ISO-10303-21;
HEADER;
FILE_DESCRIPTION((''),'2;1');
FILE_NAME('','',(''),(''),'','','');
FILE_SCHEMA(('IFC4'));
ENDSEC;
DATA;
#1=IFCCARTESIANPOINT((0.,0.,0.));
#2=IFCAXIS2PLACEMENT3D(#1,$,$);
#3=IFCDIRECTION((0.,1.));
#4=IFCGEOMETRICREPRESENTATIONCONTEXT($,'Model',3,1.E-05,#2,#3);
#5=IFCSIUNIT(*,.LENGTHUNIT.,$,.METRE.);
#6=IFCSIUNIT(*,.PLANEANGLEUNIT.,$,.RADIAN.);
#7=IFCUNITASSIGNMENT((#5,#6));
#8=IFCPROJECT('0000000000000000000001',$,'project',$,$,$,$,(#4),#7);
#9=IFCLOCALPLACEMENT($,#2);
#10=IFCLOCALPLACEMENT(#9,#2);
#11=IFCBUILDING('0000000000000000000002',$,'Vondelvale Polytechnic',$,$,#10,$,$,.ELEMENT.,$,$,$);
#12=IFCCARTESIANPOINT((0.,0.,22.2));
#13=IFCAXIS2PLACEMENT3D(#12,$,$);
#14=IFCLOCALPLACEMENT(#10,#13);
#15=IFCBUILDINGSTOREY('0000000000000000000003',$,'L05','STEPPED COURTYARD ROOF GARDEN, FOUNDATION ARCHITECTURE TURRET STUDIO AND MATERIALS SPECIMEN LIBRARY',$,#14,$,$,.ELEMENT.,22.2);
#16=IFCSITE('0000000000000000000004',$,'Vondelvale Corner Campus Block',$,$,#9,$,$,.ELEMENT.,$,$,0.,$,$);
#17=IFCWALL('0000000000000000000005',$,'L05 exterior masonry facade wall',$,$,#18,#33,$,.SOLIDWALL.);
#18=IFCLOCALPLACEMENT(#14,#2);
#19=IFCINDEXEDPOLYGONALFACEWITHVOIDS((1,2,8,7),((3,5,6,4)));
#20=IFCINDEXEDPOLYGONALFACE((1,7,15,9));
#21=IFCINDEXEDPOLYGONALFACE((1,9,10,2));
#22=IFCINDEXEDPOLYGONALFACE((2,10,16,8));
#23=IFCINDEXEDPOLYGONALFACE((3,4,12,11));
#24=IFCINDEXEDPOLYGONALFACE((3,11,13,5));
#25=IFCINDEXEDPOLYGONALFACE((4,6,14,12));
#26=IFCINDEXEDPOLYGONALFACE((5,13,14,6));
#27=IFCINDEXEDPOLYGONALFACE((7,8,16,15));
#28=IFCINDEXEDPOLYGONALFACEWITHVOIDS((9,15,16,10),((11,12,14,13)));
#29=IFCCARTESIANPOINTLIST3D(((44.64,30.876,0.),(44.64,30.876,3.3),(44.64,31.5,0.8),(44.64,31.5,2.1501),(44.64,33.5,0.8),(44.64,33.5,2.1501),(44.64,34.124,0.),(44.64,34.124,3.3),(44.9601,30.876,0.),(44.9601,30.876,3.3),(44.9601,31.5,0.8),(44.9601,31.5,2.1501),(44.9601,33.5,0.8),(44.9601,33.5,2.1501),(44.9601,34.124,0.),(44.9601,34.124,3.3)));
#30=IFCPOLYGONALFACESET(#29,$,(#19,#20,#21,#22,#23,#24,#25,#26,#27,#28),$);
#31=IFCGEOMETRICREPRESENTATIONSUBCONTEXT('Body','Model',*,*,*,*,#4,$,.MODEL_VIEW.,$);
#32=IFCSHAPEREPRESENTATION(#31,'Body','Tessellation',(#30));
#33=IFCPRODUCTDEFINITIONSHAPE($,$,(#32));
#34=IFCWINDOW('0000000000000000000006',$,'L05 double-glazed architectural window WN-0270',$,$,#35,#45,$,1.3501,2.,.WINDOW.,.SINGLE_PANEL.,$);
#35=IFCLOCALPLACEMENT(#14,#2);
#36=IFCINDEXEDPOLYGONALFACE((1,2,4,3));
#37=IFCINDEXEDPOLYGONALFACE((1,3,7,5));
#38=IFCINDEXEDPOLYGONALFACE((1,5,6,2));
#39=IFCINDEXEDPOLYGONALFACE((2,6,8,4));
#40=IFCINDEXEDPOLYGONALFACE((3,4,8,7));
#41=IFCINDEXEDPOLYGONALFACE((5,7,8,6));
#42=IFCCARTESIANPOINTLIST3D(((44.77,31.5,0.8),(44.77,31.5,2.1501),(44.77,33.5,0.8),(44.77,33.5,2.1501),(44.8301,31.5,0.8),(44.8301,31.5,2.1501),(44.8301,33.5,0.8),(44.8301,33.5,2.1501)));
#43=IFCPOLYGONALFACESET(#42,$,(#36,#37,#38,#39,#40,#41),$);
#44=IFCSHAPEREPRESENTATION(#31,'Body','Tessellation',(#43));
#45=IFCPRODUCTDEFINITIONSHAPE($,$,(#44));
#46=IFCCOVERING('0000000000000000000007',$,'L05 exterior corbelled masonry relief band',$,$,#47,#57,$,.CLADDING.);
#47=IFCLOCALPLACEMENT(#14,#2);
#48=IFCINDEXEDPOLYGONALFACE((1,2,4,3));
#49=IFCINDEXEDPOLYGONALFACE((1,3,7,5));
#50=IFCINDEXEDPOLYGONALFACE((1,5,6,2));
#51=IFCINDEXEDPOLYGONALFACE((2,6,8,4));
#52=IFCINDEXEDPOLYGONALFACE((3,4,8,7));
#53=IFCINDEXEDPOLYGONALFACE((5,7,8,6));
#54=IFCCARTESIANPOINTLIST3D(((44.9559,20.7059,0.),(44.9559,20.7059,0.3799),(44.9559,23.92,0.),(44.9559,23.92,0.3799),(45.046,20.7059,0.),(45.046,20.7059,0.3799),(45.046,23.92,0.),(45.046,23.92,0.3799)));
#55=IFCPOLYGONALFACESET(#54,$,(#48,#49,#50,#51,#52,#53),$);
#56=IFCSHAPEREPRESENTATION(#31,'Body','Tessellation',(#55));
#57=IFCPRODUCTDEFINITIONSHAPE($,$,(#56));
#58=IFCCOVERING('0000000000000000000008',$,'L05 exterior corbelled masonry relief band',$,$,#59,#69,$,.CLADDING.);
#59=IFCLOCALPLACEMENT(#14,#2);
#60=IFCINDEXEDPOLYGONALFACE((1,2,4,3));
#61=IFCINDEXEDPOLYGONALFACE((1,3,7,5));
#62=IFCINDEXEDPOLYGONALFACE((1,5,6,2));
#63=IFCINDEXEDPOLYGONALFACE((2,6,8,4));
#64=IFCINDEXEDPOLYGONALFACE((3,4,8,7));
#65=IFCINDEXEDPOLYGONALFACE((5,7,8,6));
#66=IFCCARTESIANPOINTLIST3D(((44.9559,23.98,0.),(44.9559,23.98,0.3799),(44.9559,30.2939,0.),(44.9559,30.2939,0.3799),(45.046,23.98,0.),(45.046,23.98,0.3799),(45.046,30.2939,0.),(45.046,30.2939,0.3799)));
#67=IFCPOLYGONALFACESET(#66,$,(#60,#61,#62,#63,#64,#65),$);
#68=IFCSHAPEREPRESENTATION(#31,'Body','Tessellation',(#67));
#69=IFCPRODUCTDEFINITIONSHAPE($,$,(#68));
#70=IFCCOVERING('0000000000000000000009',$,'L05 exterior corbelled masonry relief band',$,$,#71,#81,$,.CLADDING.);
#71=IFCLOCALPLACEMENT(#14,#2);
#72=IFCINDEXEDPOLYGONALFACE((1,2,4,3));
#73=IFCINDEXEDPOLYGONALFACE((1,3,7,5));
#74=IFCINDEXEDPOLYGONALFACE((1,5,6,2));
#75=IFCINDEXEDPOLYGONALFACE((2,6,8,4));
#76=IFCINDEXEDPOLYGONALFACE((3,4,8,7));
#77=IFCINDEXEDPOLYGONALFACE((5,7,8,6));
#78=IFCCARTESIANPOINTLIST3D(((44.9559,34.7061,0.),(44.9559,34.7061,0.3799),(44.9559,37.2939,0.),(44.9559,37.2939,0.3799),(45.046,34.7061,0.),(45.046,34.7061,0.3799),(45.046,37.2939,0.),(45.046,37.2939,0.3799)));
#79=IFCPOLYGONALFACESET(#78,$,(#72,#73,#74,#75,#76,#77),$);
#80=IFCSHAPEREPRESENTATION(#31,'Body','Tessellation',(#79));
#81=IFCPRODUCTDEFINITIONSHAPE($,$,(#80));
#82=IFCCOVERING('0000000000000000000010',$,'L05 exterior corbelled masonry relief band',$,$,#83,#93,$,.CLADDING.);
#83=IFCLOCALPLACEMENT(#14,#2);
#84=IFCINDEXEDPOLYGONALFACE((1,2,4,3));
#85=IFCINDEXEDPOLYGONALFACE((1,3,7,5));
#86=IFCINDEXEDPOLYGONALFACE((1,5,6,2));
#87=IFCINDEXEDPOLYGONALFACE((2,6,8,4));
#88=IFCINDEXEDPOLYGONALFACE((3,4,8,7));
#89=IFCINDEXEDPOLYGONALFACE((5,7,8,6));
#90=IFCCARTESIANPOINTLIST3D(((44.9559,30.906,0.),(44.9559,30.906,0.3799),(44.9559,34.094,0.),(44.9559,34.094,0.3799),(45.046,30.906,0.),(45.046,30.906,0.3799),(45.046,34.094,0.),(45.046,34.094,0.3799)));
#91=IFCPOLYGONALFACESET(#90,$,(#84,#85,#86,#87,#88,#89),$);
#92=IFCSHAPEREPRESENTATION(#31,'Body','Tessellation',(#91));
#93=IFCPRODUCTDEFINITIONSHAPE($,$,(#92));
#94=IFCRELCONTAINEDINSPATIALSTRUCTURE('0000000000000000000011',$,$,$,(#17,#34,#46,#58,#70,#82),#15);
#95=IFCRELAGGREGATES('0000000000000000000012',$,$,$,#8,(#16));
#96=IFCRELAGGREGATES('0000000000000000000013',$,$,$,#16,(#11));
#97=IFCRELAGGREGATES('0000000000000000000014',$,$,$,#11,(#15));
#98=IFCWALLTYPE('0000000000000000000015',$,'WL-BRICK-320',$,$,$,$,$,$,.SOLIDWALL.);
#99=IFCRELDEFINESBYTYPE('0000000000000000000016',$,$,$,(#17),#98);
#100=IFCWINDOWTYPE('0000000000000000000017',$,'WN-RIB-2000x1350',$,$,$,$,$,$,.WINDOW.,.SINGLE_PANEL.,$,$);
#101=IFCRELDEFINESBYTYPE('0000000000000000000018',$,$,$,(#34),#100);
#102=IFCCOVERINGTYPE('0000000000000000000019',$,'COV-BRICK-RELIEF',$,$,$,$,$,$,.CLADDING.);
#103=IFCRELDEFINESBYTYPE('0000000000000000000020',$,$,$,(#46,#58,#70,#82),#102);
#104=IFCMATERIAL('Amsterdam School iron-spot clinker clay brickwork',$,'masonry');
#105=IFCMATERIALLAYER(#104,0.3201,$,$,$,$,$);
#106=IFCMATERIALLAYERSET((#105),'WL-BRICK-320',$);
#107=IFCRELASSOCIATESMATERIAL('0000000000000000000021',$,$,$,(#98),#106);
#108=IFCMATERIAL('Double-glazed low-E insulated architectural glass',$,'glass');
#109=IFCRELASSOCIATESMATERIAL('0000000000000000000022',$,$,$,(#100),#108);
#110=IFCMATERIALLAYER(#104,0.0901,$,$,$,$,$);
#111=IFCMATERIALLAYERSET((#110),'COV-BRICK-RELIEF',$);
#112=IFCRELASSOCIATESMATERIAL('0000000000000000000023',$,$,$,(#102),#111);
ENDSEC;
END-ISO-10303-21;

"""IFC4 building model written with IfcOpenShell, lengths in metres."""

from ifc_helpers import new_model, si_unit, direction, frame, frame_2d, origin, origin_2d, place, context, subcontext, project, spatial, rectangle, extrude, material, layer, layer_set, type_object, element, fill, save


model = new_model("IFC4")

# Units and contexts
model_context = context("Model", 3, precision=1e-05, world=origin(), true_north=direction((0.0, 1.0)))
body_context = subcontext(model_context, "Body", "Model", "MODEL_VIEW")
ifc_project = project(units=[si_unit("LENGTHUNIT", "METRE"), si_unit("PLANEANGLEUNIT", "RADIAN")], contexts=[model_context])

# Site, building, storey
site_placement = place(None, origin())
site = spatial("IfcSite", under=ifc_project, at=site_placement, Name="Vondelvale Corner Campus Block", CompositionType="ELEMENT", RefElevation=0.0)
building_placement = place(site_placement, origin())
building = spatial("IfcBuilding", under=site, at=building_placement, Name="Vondelvale Polytechnic", CompositionType="ELEMENT")
storey_placement = place(building_placement, frame((0.0, 0.0, 22.2)))
storey = spatial("IfcBuildingStorey", under=building, at=storey_placement, Name="L05", Description="STEPPED COURTYARD ROOF GARDEN, FOUNDATION ARCHITECTURE TURRET STUDIO AND MATERIALS SPECIMEN LIBRARY", CompositionType="ELEMENT", Elevation=22.2)

# Shared definitions
ifc_material_1 = material(Name="Amsterdam School iron-spot clinker clay brickwork", Category="masonry")
ifc_layer_1 = layer(ifc_material_1, 0.3201)
ifc_layer_set_1 = layer_set([ifc_layer_1], Name="WL-BRICK-320")
wall_type = type_object("IfcWallType", Name="WL-BRICK-320", PredefinedType="SOLIDWALL", material=ifc_layer_set_1)

# Wall, opening, window
wall_1_placement = place(storey_placement, frame((44.8, 34.124, 0.0), z_axis=(0.0, 0.0, 1.0), x_axis=(0.0, -1.0, 0.0)))
wall_1 = element("IfcWall", 1, at=wall_1_placement, inside=storey, type_object=wall_type, Name="L05 exterior masonry facade wall", PredefinedType="SOLIDWALL", context=body_context, shape_type="SweptSolid", body=[
    extrude(rectangle(XDim=3.248, YDim=0.3201, at=frame_2d((1.624, 0.0))), origin(), (0.0, 0.0, 1.0), 3.3),
])
opening_1_placement = place(wall_1_placement, frame((0.624, 0.0, 0.8)))
opening_1 = element("IfcOpeningElement", 2, at=opening_1_placement, cuts=wall_1, PredefinedType="OPENING", context=body_context, shape_type="SweptSolid", body=[
    extrude(rectangle(XDim=2.0, YDim=1.3501, at=frame_2d((1.0, 0.675))), frame((0.0, 0.1699, 0.0), z_axis=(0.0, -1.0, 0.0), x_axis=(1.0, 0.0, 0.0)), (0.0, 0.0, 1.0), 0.3401),
])
ifc_material_2 = material(Name="Double-glazed low-E insulated architectural glass", Category="glass")
window_type = type_object("IfcWindowType", Name="WN-RIB-2000x1350", PartitioningType="SINGLE_PANEL", PredefinedType="WINDOW", material=ifc_material_2)
window_placement = place(opening_1_placement, origin())
window = element("IfcWindow", 3, at=window_placement, inside=storey, type_object=window_type, Name="L05 double-glazed architectural window WN-0270", OverallHeight=1.3501, OverallWidth=2.0, PartitioningType="SINGLE_PANEL", PredefinedType="WINDOW", context=body_context, shape_type="SweptSolid", body=[
    extrude(rectangle(XDim=2.0, YDim=1.3501, at=frame_2d((1.0, 0.675))), frame((0.0, 0.03, 0.0), z_axis=(0.0, -1.0, 0.0), x_axis=(1.0, 0.0, 0.0)), (0.0, 0.0, 1.0), 0.0601),
])
fill(opening_1, window)

# Coverings
ifc_layer_2 = layer(ifc_material_1, 0.0901)
ifc_layer_set_2 = layer_set([ifc_layer_2], Name="COV-BRICK-RELIEF")
covering_type = type_object("IfcCoveringType", Name="COV-BRICK-RELIEF", PredefinedType="CLADDING", material=ifc_layer_set_2)
covering_1_placement = place(storey_placement, frame((45.001, 22.313, 0.0), z_axis=(0.0, 0.0, 1.0), x_axis=(0.0, -1.0, 0.0)))
element("IfcCovering", 4, at=covering_1_placement, inside=storey, type_object=covering_type, Name="L05 exterior corbelled masonry relief band", PredefinedType="CLADDING", context=body_context, shape_type="SweptSolid", body=[
    extrude(rectangle(XDim=3.2141, YDim=0.0901, at=origin_2d()), origin(), (0.0, 0.0, 1.0), 0.3799),
])
covering_2_placement = place(storey_placement, frame((45.001, 27.137, 0.0), z_axis=(0.0, 0.0, 1.0), x_axis=(0.0, -1.0, 0.0)))
element("IfcCovering", 5, at=covering_2_placement, inside=storey, type_object=covering_type, Name="L05 exterior corbelled masonry relief band", PredefinedType="CLADDING", context=body_context, shape_type="SweptSolid", body=[
    extrude(rectangle(XDim=6.314, YDim=0.0901, at=origin_2d()), origin(), (0.0, 0.0, 1.0), 0.3799),
])
covering_3_placement = place(storey_placement, frame((45.001, 36.0, 0.0), z_axis=(0.0, 0.0, 1.0), x_axis=(0.0, -1.0, 0.0)))
element("IfcCovering", 6, at=covering_3_placement, inside=storey, type_object=covering_type, Name="L05 exterior corbelled masonry relief band", PredefinedType="CLADDING", context=body_context, shape_type="SweptSolid", body=[
    extrude(rectangle(XDim=2.5879, YDim=0.0901, at=origin_2d()), origin(), (0.0, 0.0, 1.0), 0.3799),
])
covering_4_placement = place(storey_placement, frame((45.001, 32.5, 0.0), z_axis=(0.0, 0.0, 1.0), x_axis=(0.0, -1.0, 0.0)))
element("IfcCovering", 7, at=covering_4_placement, inside=storey, type_object=covering_type, Name="L05 exterior corbelled masonry relief band", PredefinedType="CLADDING", context=body_context, shape_type="SweptSolid", body=[
    extrude(rectangle(XDim=3.188, YDim=0.0901, at=origin_2d()), origin(), (0.0, 0.0, 1.0), 0.3799),
])

save(model, "model.ifc")
